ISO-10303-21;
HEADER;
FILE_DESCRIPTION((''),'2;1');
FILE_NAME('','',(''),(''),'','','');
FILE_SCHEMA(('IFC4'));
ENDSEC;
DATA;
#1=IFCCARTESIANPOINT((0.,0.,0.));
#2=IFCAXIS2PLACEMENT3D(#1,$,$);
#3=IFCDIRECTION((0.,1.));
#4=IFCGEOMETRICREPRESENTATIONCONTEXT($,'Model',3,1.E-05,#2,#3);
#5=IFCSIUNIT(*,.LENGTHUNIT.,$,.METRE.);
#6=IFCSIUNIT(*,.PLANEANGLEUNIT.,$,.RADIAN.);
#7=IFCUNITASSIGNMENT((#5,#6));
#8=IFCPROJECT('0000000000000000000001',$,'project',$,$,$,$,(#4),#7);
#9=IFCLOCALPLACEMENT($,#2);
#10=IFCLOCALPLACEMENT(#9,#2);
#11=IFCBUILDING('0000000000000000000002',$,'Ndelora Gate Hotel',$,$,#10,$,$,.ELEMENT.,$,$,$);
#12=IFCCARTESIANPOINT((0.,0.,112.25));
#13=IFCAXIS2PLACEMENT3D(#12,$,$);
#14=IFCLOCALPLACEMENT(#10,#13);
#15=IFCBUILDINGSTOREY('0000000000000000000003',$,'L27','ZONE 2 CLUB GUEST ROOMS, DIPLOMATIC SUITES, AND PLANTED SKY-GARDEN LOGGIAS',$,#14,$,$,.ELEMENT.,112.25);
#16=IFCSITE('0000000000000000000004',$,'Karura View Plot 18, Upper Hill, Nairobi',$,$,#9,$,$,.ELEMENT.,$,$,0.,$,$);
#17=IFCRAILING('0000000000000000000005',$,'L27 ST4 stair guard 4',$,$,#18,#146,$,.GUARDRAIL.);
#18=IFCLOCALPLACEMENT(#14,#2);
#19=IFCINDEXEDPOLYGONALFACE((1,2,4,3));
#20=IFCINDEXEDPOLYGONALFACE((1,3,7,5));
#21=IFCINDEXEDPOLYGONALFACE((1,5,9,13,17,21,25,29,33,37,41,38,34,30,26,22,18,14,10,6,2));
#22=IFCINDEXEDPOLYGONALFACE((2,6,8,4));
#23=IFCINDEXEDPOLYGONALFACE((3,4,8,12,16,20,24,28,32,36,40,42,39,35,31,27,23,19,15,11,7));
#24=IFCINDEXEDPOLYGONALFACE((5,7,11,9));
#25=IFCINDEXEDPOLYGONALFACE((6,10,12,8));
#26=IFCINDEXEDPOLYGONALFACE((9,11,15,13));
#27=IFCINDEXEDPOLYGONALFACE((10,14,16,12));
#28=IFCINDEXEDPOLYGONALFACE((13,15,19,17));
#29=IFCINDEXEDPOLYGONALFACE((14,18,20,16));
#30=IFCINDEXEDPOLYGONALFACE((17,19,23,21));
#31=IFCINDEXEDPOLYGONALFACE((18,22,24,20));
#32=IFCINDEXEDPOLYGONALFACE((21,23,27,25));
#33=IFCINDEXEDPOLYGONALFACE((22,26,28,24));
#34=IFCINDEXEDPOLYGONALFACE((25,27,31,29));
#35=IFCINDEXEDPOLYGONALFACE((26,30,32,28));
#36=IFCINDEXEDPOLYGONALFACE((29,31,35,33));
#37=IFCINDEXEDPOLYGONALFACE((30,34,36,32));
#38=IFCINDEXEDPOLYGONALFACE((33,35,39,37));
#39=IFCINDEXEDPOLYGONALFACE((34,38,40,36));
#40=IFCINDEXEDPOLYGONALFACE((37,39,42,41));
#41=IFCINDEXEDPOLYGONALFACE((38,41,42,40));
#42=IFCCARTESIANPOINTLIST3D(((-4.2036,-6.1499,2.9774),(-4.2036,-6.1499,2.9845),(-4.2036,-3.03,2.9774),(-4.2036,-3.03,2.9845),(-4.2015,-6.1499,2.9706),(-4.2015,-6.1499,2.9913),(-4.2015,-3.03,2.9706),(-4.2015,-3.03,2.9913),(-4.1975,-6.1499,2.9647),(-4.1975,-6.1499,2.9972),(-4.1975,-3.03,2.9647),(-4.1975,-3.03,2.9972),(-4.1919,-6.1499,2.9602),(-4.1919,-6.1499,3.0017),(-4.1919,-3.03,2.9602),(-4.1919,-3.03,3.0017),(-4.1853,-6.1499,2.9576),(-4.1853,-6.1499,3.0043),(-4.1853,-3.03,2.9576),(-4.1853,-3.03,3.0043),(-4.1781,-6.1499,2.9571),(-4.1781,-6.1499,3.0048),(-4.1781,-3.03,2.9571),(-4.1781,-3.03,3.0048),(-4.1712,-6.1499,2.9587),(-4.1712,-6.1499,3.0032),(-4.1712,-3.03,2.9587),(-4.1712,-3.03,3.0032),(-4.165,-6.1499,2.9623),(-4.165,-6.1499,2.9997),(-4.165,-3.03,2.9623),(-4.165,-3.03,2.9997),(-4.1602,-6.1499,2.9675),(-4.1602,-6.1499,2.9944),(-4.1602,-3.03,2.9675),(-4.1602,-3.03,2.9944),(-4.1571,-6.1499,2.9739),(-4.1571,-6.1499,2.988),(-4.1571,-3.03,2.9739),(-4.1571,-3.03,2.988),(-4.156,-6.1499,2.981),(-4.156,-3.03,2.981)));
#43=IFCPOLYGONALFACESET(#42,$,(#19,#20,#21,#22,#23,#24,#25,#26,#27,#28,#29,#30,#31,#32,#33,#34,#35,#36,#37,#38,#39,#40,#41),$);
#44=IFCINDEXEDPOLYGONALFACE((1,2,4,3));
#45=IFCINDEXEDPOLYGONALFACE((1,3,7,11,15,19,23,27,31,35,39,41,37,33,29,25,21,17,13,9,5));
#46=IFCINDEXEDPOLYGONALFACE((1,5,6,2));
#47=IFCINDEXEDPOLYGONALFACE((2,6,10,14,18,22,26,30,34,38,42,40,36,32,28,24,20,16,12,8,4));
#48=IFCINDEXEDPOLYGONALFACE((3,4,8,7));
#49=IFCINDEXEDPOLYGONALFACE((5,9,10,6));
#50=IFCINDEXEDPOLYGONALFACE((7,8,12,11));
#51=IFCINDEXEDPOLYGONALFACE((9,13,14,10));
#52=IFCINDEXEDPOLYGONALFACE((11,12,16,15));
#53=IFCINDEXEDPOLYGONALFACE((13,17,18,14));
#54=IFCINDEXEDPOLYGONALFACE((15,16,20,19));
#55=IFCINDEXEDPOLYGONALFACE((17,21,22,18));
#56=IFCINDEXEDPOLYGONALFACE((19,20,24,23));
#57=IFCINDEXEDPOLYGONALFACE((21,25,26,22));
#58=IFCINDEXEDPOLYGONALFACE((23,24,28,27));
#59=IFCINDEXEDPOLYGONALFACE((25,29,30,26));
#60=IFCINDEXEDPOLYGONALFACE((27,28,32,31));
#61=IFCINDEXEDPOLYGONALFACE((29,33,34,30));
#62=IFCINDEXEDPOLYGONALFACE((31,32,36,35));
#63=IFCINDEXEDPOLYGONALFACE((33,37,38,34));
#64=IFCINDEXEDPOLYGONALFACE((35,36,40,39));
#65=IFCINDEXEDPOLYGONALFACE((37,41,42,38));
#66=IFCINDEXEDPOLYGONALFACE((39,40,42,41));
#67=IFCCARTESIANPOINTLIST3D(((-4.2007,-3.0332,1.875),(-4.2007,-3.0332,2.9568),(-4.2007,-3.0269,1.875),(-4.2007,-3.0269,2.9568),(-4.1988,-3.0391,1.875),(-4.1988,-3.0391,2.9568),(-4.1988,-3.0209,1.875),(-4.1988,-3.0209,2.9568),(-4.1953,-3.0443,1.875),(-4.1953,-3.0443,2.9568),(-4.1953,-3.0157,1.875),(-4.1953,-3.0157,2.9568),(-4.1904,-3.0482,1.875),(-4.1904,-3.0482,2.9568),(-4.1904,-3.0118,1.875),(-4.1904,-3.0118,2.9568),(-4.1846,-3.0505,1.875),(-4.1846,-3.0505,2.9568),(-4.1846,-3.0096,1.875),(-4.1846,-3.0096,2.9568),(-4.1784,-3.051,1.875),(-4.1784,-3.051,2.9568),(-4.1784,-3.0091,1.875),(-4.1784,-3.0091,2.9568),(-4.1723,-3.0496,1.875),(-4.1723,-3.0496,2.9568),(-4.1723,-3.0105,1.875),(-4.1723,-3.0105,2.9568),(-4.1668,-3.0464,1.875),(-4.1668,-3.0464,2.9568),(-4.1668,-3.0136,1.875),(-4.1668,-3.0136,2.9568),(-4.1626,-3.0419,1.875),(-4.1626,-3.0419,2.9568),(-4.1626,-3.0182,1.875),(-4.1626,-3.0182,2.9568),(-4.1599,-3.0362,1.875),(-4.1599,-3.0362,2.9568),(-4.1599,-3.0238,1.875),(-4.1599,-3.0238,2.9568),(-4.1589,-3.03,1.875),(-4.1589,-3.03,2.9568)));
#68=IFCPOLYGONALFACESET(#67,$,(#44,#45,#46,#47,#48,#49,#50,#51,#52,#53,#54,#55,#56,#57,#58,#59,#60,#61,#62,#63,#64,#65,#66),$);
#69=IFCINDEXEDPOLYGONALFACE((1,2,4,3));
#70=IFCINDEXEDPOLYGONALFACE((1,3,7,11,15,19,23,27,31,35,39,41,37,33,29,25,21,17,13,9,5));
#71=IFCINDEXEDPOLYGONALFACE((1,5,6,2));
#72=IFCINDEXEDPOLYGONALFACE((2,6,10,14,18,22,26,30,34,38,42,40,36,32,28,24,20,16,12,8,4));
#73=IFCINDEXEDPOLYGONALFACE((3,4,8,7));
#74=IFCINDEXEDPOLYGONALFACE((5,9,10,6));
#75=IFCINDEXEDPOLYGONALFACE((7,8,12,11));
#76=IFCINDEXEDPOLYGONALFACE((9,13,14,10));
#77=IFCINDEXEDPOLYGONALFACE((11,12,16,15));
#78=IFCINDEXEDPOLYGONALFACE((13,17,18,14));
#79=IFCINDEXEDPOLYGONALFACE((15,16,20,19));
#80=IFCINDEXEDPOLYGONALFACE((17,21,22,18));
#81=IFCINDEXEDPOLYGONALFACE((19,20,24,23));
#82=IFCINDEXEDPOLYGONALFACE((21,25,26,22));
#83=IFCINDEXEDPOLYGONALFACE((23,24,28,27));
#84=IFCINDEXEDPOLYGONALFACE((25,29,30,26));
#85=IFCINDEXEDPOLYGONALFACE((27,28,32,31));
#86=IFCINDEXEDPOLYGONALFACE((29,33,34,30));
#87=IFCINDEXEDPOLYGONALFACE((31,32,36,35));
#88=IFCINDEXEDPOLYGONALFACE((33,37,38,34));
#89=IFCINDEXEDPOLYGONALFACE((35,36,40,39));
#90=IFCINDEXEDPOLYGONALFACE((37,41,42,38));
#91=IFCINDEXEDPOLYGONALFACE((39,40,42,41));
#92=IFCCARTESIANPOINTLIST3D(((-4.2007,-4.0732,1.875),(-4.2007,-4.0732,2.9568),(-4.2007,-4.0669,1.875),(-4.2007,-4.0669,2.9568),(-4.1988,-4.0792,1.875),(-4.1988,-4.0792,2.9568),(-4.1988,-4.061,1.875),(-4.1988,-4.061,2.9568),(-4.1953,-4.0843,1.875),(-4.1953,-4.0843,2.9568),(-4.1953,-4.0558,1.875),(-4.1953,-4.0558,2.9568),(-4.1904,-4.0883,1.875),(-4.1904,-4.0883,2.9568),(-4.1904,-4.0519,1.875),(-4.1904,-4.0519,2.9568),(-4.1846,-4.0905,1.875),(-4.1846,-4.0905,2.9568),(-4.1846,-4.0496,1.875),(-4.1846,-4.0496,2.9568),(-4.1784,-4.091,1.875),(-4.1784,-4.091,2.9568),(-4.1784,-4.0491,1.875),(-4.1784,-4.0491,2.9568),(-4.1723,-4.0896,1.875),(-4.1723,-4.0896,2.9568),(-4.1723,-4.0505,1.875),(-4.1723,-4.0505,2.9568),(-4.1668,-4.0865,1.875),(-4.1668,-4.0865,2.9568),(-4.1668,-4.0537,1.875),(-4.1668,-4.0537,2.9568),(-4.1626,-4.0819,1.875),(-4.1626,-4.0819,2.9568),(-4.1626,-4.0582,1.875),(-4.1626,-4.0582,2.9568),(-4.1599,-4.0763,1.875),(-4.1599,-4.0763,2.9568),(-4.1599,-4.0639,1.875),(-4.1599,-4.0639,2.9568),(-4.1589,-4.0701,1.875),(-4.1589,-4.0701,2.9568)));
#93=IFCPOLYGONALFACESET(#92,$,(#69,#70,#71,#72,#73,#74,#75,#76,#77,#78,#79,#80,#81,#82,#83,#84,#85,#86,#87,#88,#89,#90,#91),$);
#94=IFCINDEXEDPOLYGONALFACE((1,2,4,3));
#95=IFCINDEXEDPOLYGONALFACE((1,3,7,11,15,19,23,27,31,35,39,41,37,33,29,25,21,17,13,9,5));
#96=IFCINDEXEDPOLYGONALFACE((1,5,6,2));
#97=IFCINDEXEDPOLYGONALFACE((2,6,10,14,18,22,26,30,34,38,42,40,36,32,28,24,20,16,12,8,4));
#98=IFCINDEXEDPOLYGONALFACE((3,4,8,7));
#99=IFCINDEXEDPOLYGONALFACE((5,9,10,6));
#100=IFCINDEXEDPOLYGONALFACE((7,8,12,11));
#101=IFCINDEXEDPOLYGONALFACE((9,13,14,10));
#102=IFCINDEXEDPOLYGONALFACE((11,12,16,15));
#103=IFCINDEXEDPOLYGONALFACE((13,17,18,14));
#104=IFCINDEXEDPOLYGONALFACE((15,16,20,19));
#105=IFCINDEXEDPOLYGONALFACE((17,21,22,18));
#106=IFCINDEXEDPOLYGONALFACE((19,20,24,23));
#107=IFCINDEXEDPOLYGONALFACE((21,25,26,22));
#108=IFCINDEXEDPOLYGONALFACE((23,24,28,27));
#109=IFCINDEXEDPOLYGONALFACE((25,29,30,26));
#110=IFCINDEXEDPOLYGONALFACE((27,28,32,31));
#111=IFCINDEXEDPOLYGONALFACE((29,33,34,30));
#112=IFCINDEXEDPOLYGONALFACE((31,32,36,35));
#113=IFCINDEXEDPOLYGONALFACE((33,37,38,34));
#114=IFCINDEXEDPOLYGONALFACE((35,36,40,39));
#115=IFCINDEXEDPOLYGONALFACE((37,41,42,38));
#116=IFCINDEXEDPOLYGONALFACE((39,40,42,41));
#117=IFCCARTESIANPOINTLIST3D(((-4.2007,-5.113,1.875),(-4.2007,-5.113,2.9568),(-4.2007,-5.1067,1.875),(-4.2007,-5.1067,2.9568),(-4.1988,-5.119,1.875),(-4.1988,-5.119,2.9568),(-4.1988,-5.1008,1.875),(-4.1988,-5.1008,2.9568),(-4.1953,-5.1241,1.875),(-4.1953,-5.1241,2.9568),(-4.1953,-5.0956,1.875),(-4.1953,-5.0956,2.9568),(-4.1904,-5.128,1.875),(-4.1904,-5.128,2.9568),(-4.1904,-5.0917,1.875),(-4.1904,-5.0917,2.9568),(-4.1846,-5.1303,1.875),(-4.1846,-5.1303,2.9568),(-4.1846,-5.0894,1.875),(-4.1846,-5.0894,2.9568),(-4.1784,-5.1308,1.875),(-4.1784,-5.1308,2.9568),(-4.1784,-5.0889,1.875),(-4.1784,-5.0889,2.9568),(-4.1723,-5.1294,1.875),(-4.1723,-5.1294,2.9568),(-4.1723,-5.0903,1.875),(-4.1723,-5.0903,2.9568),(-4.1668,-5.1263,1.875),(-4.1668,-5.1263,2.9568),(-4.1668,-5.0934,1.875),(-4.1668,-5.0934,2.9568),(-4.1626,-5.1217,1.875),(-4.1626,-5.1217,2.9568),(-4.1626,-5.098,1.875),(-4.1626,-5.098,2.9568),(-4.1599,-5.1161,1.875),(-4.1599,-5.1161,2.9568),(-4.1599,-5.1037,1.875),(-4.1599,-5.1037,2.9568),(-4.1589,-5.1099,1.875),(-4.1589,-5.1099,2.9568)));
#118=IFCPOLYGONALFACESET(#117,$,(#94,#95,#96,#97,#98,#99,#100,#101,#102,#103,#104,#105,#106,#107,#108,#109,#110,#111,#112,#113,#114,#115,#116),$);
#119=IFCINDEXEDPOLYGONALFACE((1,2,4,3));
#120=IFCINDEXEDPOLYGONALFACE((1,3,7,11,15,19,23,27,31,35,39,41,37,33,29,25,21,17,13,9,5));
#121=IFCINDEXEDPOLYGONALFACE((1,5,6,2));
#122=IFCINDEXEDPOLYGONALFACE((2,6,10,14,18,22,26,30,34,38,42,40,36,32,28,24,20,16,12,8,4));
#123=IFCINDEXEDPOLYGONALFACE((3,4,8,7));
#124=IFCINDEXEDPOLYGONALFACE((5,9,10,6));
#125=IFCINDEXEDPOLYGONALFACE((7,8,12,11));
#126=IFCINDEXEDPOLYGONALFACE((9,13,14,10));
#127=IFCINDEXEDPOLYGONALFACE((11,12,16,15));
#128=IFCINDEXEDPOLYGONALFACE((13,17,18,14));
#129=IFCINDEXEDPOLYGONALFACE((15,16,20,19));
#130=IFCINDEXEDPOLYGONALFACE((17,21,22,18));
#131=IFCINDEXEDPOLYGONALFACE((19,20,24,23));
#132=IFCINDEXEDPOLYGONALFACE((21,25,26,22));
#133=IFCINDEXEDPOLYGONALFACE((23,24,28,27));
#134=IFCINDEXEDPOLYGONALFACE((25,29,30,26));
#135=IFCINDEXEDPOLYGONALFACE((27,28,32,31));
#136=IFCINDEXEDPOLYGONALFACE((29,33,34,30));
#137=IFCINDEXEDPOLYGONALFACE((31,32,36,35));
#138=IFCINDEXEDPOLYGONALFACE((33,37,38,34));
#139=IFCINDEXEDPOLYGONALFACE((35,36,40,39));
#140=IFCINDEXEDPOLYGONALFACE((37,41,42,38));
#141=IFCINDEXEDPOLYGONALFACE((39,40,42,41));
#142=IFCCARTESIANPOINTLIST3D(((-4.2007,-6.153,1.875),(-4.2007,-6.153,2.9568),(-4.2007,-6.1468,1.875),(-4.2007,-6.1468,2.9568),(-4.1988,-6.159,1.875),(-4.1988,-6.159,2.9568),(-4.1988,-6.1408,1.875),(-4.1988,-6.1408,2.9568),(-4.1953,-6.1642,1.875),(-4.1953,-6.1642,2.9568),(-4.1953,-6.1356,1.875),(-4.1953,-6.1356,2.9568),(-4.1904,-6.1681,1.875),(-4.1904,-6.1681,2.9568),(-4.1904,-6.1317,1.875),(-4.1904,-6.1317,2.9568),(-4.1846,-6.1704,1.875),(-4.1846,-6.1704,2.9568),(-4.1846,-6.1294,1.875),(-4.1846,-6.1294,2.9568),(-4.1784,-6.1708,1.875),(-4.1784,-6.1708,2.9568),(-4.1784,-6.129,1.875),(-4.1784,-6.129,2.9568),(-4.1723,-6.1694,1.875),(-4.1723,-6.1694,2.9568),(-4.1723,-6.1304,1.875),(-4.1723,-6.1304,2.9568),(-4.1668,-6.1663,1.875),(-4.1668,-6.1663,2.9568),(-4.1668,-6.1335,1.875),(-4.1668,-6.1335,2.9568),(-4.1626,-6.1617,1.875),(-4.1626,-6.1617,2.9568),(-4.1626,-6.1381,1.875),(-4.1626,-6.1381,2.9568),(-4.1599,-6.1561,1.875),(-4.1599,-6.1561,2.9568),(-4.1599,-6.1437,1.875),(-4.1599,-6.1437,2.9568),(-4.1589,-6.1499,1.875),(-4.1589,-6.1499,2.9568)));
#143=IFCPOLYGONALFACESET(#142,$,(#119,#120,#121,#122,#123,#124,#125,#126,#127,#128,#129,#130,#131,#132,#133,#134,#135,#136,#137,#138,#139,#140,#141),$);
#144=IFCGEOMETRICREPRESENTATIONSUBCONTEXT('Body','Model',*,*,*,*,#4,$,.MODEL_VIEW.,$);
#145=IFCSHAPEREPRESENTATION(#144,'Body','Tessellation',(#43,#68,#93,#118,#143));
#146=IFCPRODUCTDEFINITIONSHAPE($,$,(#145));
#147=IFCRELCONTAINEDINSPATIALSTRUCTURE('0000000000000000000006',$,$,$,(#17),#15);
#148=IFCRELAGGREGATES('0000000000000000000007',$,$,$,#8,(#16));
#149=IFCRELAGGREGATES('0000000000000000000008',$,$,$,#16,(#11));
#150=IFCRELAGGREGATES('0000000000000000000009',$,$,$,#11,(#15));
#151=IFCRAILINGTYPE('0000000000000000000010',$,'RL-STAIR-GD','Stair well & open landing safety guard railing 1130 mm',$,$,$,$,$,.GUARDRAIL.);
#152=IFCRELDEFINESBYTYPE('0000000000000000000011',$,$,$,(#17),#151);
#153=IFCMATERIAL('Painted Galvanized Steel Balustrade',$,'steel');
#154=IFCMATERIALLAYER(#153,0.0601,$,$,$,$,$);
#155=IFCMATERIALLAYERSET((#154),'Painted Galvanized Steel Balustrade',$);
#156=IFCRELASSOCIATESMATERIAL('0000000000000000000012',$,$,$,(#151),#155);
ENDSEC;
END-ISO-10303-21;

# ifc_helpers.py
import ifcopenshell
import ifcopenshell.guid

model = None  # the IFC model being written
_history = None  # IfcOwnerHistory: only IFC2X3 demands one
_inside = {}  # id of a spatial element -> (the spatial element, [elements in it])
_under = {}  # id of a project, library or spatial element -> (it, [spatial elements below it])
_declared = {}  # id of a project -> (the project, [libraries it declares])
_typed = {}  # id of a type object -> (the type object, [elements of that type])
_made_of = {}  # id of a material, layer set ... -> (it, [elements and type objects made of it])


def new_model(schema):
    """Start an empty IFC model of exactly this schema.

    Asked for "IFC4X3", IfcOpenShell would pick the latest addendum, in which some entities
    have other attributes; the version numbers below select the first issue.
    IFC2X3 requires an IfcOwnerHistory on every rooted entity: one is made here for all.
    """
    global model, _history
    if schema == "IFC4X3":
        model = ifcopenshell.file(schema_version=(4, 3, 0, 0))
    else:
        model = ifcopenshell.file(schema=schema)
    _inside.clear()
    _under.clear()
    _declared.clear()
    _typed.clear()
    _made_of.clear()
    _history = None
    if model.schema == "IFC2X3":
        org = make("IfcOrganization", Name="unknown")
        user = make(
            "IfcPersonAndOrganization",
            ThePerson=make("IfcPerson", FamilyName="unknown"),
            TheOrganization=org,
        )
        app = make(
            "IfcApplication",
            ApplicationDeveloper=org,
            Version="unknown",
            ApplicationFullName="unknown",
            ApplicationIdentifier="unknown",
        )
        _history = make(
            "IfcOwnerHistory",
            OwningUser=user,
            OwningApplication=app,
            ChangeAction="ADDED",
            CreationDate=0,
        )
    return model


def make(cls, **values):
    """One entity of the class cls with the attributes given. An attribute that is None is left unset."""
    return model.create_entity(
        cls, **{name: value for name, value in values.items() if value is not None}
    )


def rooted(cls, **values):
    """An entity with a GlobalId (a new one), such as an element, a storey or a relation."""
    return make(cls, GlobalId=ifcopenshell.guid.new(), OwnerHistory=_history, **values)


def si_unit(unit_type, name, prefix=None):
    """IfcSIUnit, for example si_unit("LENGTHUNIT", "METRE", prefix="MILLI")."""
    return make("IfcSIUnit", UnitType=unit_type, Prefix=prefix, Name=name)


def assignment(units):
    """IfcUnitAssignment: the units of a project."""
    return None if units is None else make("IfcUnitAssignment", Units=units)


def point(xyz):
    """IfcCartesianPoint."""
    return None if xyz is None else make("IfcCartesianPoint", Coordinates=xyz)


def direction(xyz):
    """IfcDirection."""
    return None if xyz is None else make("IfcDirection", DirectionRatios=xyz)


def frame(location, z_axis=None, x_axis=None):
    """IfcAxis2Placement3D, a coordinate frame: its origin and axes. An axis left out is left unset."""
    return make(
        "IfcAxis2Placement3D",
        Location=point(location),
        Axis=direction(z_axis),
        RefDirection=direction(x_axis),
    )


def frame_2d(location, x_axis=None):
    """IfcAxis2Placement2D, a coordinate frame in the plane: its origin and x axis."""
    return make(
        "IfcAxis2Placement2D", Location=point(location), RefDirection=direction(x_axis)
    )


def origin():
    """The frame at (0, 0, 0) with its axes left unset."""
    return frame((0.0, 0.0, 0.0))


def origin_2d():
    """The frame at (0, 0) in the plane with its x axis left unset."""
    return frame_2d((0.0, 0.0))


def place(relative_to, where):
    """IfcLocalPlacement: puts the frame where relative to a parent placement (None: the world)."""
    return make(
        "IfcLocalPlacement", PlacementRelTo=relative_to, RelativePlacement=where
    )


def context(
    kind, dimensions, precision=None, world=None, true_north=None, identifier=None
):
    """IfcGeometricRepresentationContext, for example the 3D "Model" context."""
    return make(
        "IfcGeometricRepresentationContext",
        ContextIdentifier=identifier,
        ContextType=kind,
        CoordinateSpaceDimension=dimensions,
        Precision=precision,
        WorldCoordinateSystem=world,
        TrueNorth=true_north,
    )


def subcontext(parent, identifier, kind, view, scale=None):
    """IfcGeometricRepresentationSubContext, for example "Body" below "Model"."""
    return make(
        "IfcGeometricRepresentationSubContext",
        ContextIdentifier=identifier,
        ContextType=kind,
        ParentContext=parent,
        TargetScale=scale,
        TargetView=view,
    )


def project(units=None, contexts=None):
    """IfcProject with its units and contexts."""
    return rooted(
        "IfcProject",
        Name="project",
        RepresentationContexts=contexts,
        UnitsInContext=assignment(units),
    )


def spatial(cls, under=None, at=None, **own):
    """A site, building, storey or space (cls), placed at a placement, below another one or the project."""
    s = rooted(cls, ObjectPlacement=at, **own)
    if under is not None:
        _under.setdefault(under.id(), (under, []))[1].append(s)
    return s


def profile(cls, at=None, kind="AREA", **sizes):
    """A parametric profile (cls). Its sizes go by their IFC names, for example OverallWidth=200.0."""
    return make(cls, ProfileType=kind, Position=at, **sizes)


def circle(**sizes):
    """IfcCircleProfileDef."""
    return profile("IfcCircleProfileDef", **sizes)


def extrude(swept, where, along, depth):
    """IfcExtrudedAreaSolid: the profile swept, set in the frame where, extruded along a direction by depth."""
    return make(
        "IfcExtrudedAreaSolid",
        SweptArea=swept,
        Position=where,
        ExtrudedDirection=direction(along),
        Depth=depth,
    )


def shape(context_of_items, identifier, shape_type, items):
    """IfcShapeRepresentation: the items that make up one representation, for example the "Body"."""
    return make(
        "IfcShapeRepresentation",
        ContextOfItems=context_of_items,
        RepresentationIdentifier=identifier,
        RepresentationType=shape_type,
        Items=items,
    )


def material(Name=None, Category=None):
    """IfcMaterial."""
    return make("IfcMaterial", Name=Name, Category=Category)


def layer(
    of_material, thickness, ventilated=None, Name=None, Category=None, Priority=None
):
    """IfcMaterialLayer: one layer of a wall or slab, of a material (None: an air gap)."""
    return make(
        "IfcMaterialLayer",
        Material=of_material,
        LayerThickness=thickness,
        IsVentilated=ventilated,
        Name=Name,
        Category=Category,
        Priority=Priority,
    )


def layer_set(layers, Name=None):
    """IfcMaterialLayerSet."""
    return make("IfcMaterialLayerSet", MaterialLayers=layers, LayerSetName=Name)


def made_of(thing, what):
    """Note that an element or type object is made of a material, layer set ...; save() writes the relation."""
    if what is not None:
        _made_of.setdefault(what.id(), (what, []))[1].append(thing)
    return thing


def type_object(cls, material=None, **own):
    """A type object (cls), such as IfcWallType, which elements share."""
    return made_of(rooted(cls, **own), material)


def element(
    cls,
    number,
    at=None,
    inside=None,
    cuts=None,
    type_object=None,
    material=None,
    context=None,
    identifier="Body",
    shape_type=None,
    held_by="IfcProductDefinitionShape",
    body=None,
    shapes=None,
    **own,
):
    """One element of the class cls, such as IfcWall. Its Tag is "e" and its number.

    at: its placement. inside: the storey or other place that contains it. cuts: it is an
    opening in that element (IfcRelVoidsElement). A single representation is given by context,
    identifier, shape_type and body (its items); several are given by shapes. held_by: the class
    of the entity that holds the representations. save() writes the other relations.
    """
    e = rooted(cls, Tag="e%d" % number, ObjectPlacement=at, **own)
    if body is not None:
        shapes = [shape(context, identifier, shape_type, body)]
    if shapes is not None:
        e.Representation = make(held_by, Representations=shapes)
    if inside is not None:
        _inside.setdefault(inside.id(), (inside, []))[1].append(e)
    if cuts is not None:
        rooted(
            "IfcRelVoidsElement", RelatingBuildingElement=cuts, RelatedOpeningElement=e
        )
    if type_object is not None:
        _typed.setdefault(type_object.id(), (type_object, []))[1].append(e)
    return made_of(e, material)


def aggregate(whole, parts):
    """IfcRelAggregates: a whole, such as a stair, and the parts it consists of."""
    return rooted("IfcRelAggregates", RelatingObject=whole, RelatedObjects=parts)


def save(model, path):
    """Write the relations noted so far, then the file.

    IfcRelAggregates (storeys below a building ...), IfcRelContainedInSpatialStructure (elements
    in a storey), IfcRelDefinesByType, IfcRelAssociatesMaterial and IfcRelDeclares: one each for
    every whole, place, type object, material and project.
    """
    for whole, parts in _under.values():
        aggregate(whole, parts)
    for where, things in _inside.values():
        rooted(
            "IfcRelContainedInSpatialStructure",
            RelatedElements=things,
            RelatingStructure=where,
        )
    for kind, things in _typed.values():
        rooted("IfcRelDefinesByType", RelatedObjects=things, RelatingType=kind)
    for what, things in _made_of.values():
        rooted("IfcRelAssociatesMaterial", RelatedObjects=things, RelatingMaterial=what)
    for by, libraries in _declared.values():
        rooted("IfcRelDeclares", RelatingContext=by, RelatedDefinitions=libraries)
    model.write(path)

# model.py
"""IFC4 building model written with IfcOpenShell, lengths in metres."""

from ifc_helpers import new_model, si_unit, direction, frame, origin, origin_2d, place, context, subcontext, project, spatial, circle, extrude, material, layer, layer_set, type_object, element, save


model = new_model("IFC4")

# Units and contexts
model_context = context("Model", 3, precision=1e-05, world=origin(), true_north=direction((0.0, 1.0)))
body_context = subcontext(model_context, "Body", "Model", "MODEL_VIEW")
ifc_project = project(units=[si_unit("LENGTHUNIT", "METRE"), si_unit("PLANEANGLEUNIT", "RADIAN")], contexts=[model_context])

# Site, building, storey
site_placement = place(None, origin())
site = spatial("IfcSite", under=ifc_project, at=site_placement, Name="Karura View Plot 18, Upper Hill, Nairobi", CompositionType="ELEMENT", RefElevation=0.0)
building_placement = place(site_placement, origin())
building = spatial("IfcBuilding", under=site, at=building_placement, Name="Ndelora Gate Hotel", CompositionType="ELEMENT")
storey_placement = place(building_placement, frame((0.0, 0.0, 112.25)))
storey = spatial("IfcBuildingStorey", under=building, at=storey_placement, Name="L27", Description="ZONE 2 CLUB GUEST ROOMS, DIPLOMATIC SUITES, AND PLANTED SKY-GARDEN LOGGIAS", CompositionType="ELEMENT", Elevation=112.25)

# Railing
ifc_material_1 = material(Name="Painted Galvanized Steel Balustrade", Category="steel")
ifc_layer_1 = layer(ifc_material_1, 0.0601)
ifc_layer_set_1 = layer_set([ifc_layer_1], Name="Painted Galvanized Steel Balustrade")
railing_type_1 = type_object("IfcRailingType", Name="RL-STAIR-GD", Description="Stair well & open landing safety guard railing 1130 mm", PredefinedType="GUARDRAIL", material=ifc_layer_set_1)
for number, where, name in (
    (1, (-4.1799, -3.03, 1.875), "L27 ST4 stair guard 4"),
):
    element("IfcRailing", number, at=place(storey_placement, frame(where)), inside=storey, type_object=railing_type_1, Name=name, PredefinedType="GUARDRAIL", context=body_context, shape_type="SweptSolid", body=[
        extrude(circle(Radius=0.0239, at=origin_2d()), frame((0.0, 0.0, 1.106), z_axis=(0.0, -1.0, 0.0), x_axis=(1.0, 0.0, 0.0)), (0.0, 0.0, 1.0), 3.1199),
        extrude(circle(Radius=0.021, at=origin_2d()), origin(), (0.0, 0.0, 1.0), 1.0818),
        extrude(circle(Radius=0.021, at=origin_2d()), frame((0.0, -1.04, 0.0)), (0.0, 0.0, 1.0), 1.0818),
        extrude(circle(Radius=0.021, at=origin_2d()), frame((0.0, -2.0798, 0.0)), (0.0, 0.0, 1.0), 1.0818),
        extrude(circle(Radius=0.021, at=origin_2d()), frame((0.0, -3.1199, 0.0)), (0.0, 0.0, 1.0), 1.0818),
    ])

save(model, "model.ifc")
